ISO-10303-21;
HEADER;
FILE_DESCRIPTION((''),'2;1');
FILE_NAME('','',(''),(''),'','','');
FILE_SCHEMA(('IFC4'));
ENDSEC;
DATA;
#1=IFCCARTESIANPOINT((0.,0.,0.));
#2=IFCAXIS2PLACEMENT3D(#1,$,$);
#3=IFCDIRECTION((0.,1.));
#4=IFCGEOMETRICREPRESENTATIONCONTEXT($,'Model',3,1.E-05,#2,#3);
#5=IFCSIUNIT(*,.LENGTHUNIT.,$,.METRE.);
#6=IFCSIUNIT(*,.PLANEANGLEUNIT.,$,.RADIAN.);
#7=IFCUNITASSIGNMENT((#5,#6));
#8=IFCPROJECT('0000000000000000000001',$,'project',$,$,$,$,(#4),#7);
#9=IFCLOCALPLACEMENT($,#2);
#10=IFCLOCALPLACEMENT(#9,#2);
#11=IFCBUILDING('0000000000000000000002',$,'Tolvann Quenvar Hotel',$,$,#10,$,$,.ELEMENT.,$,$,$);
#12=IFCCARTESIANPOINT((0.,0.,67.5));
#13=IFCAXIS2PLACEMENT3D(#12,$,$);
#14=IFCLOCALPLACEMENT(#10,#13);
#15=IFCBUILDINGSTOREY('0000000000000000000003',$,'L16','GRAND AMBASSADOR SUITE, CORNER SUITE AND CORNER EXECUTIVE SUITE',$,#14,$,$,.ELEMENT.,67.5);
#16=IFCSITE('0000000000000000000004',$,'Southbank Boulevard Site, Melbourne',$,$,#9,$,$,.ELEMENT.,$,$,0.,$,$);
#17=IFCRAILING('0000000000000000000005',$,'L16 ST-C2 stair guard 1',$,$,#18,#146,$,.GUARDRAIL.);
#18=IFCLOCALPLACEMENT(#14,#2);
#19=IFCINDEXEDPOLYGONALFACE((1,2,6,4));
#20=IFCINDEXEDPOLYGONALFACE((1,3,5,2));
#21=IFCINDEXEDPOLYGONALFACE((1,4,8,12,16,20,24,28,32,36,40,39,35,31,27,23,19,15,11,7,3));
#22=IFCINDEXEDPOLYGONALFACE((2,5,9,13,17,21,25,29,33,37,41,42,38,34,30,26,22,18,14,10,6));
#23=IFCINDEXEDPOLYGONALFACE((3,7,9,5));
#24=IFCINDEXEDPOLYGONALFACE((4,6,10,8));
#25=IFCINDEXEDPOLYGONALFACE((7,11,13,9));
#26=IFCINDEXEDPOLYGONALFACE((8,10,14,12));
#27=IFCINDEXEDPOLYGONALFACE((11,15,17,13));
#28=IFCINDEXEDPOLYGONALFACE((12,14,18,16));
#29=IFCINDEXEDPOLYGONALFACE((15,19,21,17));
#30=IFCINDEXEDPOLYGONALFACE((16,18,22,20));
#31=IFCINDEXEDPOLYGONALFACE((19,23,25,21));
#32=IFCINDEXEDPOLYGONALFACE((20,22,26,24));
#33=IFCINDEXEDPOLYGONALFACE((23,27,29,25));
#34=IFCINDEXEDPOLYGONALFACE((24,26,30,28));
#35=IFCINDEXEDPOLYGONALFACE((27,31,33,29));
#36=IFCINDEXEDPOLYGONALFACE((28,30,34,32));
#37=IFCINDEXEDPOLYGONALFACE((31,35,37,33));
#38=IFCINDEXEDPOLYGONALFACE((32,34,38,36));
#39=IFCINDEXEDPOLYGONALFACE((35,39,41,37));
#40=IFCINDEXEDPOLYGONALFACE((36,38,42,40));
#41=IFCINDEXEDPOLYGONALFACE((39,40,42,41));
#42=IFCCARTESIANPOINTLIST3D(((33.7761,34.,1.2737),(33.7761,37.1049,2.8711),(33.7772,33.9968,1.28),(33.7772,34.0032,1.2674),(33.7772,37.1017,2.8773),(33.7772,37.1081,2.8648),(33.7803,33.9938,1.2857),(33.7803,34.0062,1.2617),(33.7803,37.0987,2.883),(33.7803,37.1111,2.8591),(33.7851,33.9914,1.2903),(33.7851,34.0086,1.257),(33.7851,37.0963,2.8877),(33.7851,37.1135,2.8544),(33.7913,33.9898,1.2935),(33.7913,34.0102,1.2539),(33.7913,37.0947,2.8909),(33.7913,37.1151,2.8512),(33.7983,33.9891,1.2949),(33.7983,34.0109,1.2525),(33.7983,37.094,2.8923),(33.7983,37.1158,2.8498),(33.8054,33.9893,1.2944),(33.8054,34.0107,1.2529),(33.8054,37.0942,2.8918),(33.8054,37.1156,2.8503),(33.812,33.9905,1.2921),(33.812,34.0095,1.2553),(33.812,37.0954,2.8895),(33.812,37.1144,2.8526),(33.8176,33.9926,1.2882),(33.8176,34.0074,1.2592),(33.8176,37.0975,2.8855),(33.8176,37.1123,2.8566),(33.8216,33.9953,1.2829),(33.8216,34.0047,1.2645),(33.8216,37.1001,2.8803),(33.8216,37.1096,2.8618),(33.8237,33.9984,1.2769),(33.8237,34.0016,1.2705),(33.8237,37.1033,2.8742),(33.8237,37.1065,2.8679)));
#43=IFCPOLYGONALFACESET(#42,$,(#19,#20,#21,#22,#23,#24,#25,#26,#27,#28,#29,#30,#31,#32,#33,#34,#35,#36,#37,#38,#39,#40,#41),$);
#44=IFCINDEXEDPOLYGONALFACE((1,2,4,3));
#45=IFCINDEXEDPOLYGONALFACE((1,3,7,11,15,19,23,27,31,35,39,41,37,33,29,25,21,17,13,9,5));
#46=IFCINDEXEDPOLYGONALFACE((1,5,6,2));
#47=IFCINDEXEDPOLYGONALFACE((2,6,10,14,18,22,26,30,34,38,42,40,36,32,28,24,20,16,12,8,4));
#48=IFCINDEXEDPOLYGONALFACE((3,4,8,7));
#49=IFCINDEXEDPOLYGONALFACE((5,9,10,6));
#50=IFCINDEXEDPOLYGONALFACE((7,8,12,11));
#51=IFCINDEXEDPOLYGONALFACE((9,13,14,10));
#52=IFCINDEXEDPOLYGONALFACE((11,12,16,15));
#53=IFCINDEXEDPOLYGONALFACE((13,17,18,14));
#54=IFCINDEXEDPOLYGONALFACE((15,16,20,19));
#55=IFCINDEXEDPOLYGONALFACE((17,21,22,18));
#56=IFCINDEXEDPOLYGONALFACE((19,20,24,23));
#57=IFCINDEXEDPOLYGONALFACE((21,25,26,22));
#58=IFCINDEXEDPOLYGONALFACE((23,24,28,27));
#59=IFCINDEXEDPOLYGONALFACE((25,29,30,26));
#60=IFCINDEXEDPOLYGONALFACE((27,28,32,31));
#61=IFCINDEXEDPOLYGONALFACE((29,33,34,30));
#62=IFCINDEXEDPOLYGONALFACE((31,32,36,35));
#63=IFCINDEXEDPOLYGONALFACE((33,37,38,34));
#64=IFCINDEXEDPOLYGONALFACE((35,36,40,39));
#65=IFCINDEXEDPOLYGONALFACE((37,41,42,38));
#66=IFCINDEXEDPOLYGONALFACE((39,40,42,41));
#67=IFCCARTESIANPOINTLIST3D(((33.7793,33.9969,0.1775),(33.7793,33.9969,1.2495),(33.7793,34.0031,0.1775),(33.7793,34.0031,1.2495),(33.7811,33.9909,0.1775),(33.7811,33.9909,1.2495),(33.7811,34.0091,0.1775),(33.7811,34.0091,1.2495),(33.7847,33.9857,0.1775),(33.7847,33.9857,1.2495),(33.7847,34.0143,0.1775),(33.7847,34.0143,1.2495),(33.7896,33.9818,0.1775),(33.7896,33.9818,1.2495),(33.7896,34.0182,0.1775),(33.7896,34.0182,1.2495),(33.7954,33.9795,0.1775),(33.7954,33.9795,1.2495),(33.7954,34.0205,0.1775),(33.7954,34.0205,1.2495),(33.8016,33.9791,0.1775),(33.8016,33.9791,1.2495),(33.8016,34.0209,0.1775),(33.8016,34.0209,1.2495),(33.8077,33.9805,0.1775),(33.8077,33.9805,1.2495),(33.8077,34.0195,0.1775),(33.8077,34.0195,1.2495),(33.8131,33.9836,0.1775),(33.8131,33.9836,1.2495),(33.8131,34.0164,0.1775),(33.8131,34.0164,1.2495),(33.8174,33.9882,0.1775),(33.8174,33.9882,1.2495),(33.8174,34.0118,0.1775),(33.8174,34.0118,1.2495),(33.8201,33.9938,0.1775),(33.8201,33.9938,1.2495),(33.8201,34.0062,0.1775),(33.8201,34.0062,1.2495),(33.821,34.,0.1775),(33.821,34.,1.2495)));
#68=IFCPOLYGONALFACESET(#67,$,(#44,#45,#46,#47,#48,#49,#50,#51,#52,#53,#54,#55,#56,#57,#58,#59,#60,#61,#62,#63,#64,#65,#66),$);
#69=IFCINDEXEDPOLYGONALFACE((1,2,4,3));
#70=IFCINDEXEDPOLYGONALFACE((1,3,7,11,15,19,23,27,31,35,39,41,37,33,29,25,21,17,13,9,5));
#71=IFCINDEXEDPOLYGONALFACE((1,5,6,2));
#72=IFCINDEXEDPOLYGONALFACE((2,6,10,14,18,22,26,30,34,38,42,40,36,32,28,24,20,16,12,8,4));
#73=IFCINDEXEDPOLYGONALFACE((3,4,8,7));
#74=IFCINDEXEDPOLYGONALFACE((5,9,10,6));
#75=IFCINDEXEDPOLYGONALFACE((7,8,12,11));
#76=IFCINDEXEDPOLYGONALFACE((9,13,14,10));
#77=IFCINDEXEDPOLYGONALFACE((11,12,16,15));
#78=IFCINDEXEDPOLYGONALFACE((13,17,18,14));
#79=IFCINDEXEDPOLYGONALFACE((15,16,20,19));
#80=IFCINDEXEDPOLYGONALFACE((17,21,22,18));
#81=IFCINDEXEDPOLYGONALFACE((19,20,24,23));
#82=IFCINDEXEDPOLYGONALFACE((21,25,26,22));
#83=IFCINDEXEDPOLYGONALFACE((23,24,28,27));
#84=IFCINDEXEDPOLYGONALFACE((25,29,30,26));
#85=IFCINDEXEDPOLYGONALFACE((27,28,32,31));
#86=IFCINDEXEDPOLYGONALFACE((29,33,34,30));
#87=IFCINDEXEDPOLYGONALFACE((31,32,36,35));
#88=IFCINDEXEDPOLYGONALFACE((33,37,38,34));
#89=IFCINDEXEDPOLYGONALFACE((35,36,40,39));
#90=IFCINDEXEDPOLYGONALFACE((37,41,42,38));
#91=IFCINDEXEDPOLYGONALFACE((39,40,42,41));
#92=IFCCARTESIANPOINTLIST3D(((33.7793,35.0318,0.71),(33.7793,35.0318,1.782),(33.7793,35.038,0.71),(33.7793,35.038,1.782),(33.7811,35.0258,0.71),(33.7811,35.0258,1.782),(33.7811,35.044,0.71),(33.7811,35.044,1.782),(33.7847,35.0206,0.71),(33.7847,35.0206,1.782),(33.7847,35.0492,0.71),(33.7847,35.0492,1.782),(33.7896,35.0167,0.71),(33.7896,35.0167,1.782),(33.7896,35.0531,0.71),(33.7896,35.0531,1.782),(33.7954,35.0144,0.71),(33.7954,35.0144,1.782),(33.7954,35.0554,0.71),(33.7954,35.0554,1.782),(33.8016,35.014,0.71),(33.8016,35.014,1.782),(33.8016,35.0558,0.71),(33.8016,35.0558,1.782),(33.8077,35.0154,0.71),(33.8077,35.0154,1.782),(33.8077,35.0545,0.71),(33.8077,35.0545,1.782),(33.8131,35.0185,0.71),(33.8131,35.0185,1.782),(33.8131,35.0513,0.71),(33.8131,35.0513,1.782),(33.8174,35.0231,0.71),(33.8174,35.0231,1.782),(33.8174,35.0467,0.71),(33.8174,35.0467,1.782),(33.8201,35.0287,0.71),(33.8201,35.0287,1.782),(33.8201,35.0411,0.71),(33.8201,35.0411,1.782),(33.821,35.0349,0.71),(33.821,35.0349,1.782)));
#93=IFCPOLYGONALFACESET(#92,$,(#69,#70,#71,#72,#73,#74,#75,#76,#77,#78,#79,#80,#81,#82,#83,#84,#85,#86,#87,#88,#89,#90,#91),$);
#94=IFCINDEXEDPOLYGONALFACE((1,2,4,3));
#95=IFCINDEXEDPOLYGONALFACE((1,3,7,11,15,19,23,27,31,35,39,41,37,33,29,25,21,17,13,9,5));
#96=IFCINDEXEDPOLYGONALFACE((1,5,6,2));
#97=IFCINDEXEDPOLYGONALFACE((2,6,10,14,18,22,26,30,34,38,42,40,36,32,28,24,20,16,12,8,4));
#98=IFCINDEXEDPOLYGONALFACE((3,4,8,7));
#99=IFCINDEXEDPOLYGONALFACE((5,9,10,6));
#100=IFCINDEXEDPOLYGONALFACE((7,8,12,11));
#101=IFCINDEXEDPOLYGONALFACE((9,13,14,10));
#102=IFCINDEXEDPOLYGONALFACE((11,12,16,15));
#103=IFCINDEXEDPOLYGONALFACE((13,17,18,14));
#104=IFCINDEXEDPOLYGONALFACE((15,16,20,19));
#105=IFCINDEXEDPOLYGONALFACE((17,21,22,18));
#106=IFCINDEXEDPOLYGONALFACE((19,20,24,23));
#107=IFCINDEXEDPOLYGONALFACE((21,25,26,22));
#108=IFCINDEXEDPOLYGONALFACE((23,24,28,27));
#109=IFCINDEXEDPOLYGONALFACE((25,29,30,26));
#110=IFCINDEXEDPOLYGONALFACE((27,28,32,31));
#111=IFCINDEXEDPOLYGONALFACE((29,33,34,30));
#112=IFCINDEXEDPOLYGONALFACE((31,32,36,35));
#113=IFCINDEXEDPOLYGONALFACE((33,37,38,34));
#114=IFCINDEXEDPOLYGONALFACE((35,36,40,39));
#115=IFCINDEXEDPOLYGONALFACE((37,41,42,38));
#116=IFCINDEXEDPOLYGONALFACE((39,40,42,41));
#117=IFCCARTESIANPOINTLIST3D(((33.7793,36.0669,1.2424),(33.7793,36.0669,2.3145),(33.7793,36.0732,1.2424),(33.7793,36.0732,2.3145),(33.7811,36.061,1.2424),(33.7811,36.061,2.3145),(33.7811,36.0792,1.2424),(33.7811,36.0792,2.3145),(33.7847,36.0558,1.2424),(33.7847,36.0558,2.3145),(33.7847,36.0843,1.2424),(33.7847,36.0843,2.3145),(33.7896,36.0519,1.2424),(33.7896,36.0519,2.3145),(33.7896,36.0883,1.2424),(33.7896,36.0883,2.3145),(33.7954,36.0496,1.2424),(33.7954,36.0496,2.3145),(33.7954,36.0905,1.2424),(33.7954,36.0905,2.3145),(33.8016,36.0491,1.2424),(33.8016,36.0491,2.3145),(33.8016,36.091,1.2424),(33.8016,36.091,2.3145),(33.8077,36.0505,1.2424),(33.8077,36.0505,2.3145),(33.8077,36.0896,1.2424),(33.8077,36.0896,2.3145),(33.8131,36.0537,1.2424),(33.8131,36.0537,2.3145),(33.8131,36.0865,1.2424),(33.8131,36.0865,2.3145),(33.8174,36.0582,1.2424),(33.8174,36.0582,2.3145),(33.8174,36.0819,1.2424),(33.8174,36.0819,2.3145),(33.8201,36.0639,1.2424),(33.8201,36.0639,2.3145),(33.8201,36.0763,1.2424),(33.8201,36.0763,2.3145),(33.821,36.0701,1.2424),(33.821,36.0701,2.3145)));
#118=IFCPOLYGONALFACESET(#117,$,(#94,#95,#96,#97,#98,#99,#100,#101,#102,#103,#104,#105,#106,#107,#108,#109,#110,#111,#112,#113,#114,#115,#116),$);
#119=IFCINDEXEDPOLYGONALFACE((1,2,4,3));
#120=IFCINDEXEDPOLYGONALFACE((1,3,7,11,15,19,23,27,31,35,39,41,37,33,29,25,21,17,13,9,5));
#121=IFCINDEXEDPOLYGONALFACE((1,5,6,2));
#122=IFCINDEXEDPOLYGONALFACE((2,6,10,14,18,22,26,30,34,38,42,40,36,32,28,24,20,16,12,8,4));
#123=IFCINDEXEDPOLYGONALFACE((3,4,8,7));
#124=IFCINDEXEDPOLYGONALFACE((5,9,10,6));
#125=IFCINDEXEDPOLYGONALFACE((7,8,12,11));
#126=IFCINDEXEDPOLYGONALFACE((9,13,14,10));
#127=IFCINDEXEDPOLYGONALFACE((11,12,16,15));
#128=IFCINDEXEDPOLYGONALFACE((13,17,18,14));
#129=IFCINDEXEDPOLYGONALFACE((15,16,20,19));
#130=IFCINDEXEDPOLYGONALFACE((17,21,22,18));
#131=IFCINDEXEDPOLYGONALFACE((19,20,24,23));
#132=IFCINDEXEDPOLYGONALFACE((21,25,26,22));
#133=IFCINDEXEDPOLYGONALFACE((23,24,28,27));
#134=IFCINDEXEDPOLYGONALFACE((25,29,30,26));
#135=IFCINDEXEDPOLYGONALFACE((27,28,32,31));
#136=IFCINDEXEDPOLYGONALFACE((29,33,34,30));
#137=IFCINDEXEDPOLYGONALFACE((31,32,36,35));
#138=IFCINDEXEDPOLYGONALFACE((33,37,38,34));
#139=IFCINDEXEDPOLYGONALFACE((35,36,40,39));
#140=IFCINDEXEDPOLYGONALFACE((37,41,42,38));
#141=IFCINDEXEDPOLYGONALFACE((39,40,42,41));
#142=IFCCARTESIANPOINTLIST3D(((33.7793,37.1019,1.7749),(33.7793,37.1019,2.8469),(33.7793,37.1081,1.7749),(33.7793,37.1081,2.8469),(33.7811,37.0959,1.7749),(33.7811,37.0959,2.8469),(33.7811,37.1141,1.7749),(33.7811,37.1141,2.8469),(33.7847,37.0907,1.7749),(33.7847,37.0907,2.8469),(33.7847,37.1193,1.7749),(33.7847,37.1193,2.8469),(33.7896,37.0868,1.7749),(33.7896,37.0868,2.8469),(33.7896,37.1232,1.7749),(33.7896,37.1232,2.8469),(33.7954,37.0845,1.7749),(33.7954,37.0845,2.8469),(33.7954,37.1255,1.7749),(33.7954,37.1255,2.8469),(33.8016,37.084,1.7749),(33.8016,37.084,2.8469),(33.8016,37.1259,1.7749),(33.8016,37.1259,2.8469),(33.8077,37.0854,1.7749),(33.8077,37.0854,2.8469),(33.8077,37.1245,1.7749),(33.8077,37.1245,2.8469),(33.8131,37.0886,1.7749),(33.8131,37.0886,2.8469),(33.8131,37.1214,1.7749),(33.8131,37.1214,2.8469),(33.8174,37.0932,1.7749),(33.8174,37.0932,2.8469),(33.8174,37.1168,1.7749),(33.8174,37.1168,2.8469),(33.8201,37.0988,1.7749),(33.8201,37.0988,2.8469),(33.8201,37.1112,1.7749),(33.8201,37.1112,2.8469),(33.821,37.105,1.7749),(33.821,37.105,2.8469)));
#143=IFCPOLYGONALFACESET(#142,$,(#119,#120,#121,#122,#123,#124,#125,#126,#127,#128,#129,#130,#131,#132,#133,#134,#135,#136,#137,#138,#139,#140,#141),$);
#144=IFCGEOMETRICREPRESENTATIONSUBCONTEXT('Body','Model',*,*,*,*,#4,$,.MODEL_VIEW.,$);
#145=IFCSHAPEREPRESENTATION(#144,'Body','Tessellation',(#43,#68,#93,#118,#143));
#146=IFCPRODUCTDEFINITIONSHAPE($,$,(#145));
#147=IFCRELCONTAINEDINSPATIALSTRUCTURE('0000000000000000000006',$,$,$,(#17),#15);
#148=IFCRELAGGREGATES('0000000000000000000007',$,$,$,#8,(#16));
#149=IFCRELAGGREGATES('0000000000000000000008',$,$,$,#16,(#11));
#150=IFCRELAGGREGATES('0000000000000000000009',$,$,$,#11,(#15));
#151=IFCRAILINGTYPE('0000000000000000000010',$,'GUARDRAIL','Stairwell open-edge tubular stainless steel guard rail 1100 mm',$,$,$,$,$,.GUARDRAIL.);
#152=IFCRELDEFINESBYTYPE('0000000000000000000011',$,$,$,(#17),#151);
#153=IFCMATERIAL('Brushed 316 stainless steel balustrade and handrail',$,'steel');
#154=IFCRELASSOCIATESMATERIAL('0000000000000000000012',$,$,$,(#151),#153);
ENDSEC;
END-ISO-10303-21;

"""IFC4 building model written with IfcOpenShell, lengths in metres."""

from ifc_helpers import new_model, si_unit, direction, frame, origin, origin_2d, place, context, subcontext, project, spatial, circle, extrude, material, type_object, element, save


model = new_model("IFC4")

# Units and contexts
model_context = context("Model", 3, precision=1e-05, world=origin(), true_north=direction((0.0, 1.0)))
body_context = subcontext(model_context, "Body", "Model", "MODEL_VIEW")
ifc_project = project(units=[si_unit("LENGTHUNIT", "METRE"), si_unit("PLANEANGLEUNIT", "RADIAN")], contexts=[model_context])

# Site, building, storey
site_placement = place(None, origin())
site = spatial("IfcSite", under=ifc_project, at=site_placement, Name="Southbank Boulevard Site, Melbourne", CompositionType="ELEMENT", RefElevation=0.0)
building_placement = place(site_placement, origin())
building = spatial("IfcBuilding", under=site, at=building_placement, Name="Tolvann Quenvar Hotel", CompositionType="ELEMENT")
storey_placement = place(building_placement, frame((0.0, 0.0, 67.5)))
storey = spatial("IfcBuildingStorey", under=building, at=storey_placement, Name="L16", Description="GRAND AMBASSADOR SUITE, CORNER SUITE AND CORNER EXECUTIVE SUITE", CompositionType="ELEMENT", Elevation=67.5)

# Railing
ifc_material_1 = material(Name="Brushed 316 stainless steel balustrade and handrail", Category="steel")
railing_type_1 = type_object("IfcRailingType", Name="GUARDRAIL", Description="Stairwell open-edge tubular stainless steel guard rail 1100 mm", PredefinedType="GUARDRAIL", material=ifc_material_1)
railing_1_placement = place(storey_placement, frame((33.8, 34.0, 0.1775)))
element("IfcRailing", 1, at=railing_1_placement, inside=storey, type_object=railing_type_1, Name="L16 ST-C2 stair guard 1", PredefinedType="GUARDRAIL", context=body_context, shape_type="SweptSolid", body=[
    extrude(circle(Radius=0.0239, at=origin_2d()), frame((0.0, 0.0, 1.0962), z_axis=(0.0, 0.889222, 0.457476), x_axis=(-1.0, 0.0, 0.0)), (0.0, 0.0, 1.0), 3.4917),
    extrude(circle(Radius=0.021, at=origin_2d()), origin(), (0.0, 0.0, 1.0), 1.072),
    extrude(circle(Radius=0.021, at=origin_2d()), frame((0.0, 1.0349, 0.5325)), (0.0, 0.0, 1.0), 1.072),
    extrude(circle(Radius=0.021, at=origin_2d()), frame((0.0, 2.0701, 1.0649)), (0.0, 0.0, 1.0), 1.072),
    extrude(circle(Radius=0.021, at=origin_2d()), frame((0.0, 3.105, 1.5974)), (0.0, 0.0, 1.0), 1.072),
])

save(model, "model.ifc")
